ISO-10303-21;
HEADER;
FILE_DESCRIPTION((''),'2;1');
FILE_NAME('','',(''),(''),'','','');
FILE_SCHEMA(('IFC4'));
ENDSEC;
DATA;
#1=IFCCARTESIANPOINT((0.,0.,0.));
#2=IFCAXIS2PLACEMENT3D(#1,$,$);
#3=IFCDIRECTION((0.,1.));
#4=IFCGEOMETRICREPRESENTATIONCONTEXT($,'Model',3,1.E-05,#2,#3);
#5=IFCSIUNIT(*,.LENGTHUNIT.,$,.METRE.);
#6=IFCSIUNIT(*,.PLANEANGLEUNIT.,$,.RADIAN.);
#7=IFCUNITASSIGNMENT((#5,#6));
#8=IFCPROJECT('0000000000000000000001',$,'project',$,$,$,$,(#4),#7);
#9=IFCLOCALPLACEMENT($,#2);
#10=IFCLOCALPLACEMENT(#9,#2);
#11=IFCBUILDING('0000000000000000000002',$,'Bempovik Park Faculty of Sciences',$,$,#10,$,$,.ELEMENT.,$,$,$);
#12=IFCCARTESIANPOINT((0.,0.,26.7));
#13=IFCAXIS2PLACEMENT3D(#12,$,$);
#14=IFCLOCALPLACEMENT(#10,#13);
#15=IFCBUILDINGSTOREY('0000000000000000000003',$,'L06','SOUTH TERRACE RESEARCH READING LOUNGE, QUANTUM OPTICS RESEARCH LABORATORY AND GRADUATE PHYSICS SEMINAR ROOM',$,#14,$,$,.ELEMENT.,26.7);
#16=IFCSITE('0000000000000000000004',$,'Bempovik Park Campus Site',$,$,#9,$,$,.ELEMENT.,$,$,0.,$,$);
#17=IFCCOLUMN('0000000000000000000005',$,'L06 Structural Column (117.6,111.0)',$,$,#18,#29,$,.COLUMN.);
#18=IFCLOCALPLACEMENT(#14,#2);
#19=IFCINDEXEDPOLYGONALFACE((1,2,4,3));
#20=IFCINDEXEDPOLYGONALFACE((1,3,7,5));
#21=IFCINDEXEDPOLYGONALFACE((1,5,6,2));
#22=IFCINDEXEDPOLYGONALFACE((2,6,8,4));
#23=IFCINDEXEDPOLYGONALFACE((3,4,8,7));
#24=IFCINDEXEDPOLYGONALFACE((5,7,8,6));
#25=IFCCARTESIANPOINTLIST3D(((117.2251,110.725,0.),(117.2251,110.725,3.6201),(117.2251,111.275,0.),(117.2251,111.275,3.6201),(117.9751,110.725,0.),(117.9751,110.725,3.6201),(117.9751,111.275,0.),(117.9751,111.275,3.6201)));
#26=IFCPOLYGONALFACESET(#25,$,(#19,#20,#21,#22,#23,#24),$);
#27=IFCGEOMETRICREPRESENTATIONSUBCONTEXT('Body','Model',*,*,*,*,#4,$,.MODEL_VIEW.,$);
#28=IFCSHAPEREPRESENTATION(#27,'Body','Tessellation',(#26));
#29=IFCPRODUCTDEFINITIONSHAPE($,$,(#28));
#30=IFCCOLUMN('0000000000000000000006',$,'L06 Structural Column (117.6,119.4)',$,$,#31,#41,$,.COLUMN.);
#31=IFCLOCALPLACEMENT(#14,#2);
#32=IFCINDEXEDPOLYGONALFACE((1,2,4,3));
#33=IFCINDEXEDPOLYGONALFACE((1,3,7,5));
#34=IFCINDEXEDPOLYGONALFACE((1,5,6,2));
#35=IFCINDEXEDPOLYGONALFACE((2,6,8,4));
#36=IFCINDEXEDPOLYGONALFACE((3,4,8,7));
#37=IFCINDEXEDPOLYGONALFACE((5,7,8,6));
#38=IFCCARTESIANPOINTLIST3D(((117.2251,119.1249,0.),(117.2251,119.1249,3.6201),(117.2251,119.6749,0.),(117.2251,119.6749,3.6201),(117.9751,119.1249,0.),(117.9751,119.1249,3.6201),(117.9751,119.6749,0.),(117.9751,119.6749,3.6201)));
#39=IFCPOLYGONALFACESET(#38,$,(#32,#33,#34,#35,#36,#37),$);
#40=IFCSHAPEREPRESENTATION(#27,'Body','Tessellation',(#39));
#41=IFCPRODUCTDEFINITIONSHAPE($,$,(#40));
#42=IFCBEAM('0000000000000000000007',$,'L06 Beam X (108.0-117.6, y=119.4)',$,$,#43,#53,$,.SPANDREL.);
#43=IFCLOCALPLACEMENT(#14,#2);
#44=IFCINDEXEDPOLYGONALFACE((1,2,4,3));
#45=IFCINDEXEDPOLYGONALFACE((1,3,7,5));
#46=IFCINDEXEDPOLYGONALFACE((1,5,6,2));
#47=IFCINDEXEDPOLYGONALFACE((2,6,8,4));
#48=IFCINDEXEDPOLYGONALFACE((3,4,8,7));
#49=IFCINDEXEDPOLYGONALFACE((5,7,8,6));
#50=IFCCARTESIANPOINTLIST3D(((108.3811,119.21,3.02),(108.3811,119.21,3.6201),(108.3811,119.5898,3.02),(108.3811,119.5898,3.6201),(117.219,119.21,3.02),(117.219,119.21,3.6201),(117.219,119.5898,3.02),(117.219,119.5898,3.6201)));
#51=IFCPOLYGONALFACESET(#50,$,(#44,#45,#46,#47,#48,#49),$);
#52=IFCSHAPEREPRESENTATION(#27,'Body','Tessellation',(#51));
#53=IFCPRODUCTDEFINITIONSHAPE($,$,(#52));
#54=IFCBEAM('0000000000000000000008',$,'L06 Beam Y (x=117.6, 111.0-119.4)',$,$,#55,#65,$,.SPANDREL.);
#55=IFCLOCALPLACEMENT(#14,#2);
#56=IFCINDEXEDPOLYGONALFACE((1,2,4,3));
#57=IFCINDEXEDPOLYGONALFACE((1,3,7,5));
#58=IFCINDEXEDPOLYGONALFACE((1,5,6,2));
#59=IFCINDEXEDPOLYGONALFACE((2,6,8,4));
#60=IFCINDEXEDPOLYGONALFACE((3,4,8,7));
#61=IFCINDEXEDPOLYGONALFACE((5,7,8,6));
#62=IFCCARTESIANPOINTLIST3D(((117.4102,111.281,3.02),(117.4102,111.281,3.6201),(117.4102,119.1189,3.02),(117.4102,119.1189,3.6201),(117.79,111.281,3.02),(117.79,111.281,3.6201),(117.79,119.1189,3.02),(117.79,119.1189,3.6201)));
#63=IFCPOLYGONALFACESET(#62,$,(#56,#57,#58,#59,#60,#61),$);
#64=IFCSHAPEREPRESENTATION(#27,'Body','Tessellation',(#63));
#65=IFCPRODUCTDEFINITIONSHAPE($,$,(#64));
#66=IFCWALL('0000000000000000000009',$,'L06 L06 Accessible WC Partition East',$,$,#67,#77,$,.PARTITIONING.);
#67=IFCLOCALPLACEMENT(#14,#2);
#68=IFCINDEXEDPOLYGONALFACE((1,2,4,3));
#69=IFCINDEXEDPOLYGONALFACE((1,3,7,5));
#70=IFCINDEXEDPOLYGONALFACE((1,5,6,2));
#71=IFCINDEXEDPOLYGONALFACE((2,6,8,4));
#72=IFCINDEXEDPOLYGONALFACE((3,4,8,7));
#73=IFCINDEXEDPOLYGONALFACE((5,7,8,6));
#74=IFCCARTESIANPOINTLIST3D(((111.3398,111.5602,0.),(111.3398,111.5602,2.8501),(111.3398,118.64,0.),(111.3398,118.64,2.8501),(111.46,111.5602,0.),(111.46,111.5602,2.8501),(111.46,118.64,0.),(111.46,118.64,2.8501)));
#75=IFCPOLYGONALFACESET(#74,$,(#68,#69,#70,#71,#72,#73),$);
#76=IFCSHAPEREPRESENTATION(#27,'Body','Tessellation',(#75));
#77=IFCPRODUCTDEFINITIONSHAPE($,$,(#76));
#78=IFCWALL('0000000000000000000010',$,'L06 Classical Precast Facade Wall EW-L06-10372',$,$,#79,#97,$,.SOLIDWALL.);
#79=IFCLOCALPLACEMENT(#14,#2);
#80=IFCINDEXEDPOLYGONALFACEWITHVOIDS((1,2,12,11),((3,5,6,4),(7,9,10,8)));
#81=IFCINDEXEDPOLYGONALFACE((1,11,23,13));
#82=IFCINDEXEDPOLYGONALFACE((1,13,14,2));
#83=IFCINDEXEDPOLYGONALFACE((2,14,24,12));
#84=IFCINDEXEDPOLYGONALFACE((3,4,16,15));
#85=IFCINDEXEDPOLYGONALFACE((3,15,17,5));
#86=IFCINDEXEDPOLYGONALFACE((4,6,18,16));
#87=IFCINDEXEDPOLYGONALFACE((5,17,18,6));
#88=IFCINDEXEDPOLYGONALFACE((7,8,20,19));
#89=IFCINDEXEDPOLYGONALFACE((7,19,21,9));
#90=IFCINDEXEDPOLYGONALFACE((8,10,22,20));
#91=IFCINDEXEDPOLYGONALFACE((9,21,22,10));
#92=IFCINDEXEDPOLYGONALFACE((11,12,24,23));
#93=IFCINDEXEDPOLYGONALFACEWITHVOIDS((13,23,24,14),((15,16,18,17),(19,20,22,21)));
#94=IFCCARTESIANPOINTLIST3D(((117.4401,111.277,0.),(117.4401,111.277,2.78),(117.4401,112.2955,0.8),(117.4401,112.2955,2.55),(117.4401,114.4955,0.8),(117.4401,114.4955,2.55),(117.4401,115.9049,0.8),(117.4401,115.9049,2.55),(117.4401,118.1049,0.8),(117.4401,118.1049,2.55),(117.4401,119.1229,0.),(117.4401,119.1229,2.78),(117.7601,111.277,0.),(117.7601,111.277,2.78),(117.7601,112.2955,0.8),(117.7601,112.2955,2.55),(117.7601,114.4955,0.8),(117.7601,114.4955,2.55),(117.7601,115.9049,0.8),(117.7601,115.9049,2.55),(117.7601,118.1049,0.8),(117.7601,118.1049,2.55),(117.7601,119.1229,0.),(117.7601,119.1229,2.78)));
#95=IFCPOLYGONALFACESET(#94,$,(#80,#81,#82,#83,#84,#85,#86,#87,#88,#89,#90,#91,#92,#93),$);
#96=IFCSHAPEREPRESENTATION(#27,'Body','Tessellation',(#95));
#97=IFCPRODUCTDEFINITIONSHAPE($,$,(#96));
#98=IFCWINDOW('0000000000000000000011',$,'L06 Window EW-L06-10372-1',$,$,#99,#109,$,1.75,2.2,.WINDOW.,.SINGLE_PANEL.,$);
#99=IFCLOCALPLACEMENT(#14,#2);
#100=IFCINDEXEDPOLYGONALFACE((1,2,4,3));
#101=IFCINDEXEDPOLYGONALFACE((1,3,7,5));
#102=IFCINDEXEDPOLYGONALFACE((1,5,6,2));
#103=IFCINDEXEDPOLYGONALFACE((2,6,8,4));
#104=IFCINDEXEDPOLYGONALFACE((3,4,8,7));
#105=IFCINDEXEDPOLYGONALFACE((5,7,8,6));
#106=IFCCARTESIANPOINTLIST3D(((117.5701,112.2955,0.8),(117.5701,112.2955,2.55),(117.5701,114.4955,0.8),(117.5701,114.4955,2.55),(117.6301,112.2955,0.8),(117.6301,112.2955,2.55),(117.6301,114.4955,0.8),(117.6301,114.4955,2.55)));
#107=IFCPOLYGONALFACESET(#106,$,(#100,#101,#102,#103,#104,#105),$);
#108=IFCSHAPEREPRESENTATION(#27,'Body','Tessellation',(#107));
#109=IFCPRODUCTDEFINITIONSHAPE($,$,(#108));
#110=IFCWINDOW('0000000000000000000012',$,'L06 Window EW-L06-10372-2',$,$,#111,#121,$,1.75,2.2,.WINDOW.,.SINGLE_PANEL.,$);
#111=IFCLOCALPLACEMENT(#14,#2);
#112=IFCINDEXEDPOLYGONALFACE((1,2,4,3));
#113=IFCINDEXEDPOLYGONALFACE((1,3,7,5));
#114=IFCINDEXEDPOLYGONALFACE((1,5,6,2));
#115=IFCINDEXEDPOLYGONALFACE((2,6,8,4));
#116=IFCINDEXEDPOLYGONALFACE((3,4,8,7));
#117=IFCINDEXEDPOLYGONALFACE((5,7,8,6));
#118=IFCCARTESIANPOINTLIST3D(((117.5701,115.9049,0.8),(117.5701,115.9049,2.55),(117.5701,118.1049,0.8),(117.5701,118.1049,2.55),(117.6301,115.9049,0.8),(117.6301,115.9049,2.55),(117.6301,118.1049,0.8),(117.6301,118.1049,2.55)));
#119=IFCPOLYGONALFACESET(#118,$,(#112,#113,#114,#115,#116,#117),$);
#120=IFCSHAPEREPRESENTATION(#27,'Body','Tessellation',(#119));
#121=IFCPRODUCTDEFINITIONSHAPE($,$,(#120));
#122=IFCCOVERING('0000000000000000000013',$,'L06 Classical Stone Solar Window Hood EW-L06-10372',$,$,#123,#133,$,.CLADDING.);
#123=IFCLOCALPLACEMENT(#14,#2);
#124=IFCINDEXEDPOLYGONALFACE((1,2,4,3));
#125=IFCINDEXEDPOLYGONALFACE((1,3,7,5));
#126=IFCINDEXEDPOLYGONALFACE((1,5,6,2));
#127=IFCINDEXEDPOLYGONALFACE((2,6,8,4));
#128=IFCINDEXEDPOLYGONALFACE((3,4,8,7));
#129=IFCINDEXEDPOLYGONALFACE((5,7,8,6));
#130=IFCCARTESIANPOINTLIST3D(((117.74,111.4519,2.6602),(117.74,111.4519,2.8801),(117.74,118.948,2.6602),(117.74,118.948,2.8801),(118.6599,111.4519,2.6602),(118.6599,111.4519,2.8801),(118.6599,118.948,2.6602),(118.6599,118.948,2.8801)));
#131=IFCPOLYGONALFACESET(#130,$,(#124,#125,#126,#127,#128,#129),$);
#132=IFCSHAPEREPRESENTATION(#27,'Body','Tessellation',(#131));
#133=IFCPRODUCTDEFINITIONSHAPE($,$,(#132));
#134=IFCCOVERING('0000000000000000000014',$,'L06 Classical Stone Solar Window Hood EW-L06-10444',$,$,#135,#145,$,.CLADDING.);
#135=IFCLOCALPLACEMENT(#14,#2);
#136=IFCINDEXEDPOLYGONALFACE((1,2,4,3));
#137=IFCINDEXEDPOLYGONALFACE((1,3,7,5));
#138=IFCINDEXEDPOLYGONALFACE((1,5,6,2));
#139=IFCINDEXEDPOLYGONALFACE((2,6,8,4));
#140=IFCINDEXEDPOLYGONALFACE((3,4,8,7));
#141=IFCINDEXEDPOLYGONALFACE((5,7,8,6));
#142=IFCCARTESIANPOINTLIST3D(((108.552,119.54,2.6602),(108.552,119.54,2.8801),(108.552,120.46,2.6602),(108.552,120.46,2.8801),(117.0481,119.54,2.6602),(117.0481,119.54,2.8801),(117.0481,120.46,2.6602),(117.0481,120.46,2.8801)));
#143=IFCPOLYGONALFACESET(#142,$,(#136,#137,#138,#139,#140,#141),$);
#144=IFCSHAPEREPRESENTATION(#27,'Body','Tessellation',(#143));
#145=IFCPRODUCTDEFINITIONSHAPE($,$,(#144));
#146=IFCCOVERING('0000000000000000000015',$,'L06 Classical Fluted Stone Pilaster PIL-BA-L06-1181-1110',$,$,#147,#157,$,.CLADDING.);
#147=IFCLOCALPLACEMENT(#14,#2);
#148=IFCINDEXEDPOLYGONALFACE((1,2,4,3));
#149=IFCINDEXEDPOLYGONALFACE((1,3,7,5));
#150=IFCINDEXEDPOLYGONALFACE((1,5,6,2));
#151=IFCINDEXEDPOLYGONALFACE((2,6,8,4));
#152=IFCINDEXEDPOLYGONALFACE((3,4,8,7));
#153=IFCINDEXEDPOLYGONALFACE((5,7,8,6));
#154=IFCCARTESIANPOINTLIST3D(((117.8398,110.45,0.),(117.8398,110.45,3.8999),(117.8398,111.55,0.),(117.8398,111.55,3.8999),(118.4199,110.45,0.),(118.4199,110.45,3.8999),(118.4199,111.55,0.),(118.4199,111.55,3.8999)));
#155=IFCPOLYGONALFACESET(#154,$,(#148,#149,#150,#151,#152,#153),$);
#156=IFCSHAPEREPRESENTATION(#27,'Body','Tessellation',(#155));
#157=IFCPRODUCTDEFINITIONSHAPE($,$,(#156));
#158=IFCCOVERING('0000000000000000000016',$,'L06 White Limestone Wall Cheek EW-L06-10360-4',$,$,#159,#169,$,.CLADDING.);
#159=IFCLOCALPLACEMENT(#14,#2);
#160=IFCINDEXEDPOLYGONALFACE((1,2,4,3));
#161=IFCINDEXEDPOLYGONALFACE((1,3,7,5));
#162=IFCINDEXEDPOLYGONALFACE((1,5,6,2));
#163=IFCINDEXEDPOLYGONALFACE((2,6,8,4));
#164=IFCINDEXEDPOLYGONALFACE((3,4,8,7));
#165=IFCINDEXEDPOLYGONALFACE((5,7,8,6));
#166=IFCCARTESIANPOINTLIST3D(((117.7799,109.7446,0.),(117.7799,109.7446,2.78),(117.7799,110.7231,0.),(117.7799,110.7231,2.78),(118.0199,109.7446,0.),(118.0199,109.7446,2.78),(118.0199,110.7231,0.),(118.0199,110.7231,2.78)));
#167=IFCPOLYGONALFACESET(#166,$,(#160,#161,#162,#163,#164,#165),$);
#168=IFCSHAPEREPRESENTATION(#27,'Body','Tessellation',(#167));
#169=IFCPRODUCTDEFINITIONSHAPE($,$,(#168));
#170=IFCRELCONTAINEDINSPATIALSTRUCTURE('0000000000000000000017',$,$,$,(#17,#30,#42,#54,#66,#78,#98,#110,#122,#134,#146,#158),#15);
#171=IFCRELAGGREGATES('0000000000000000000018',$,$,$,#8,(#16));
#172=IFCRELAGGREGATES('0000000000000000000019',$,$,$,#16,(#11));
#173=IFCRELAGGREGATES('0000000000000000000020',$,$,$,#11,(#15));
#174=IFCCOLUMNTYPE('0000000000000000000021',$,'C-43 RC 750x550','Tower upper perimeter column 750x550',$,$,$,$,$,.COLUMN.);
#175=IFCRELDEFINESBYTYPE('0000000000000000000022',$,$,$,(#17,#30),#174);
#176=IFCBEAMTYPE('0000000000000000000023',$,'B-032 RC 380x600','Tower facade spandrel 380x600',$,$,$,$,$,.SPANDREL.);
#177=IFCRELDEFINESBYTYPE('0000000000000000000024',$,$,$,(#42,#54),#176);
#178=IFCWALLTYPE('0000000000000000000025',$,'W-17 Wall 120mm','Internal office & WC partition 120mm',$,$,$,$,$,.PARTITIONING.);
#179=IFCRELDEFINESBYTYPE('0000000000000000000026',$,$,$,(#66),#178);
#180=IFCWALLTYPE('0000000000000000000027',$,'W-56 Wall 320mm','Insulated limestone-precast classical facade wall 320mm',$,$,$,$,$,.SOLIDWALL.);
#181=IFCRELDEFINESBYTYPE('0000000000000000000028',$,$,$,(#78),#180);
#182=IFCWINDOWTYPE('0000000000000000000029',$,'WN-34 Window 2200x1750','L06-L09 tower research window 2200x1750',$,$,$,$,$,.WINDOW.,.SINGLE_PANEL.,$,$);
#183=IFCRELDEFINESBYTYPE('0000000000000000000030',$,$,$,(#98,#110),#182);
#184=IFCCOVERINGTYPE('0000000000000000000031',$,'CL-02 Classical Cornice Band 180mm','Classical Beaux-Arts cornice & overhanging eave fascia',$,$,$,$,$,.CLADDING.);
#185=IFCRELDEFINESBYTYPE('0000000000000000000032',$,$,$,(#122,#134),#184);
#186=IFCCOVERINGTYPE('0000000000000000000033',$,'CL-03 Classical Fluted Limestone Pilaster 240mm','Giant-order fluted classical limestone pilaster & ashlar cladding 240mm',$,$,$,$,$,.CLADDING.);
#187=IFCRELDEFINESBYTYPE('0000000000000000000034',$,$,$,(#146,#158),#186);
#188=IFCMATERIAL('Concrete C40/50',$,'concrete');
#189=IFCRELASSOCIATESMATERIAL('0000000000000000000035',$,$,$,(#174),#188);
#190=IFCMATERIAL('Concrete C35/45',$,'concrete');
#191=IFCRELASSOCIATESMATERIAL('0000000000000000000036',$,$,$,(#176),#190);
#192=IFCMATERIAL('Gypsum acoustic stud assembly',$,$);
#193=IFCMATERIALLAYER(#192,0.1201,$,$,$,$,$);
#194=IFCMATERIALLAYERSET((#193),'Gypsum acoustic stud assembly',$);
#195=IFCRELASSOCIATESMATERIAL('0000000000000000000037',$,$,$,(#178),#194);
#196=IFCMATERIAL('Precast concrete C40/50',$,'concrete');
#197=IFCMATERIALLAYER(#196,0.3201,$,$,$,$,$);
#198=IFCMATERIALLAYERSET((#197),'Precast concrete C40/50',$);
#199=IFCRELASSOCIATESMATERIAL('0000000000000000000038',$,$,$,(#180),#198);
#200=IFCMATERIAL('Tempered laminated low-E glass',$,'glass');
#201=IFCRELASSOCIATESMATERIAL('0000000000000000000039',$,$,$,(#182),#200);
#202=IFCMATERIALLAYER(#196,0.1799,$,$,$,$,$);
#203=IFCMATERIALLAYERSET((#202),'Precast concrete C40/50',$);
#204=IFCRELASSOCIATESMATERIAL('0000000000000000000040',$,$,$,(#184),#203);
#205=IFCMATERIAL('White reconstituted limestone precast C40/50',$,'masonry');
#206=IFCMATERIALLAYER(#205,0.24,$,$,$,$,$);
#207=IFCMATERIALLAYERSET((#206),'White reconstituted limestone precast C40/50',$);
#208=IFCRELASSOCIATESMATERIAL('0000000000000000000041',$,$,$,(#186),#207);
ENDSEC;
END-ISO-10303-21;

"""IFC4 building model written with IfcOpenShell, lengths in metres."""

from ifc_helpers import new_model, si_unit, direction, frame, frame_2d, origin, origin_2d, place, context, subcontext, project, spatial, rectangle, extrude, material, layer, layer_set, material_profile, profile_set, type_object, element, fill, save


model = new_model("IFC4")

# Units and contexts
model_context = context("Model", 3, precision=1e-05, world=origin(), true_north=direction((0.0, 1.0)))
body_context = subcontext(model_context, "Body", "Model", "MODEL_VIEW")
ifc_project = project(units=[si_unit("LENGTHUNIT", "METRE"), si_unit("PLANEANGLEUNIT", "RADIAN")], contexts=[model_context])

# Site, building, storey
site_placement = place(None, origin())
site = spatial("IfcSite", under=ifc_project, at=site_placement, Name="Bempovik Park Campus Site", CompositionType="ELEMENT", RefElevation=0.0)
building_placement = place(site_placement, origin())
building = spatial("IfcBuilding", under=site, at=building_placement, Name="Bempovik Park Faculty of Sciences", CompositionType="ELEMENT")
storey_placement = place(building_placement, frame((0.0, 0.0, 26.7)))
storey = spatial("IfcBuildingStorey", under=building, at=storey_placement, Name="L06", Description="SOUTH TERRACE RESEARCH READING LOUNGE, QUANTUM OPTICS RESEARCH LABORATORY AND GRADUATE PHYSICS SEMINAR ROOM", CompositionType="ELEMENT", Elevation=26.7)

# Columns
ifc_material_1 = material(Name="Concrete C40/50", Category="concrete")
ifc_material_profile_1 = material_profile(ifc_material_1, rectangle(XDim=0.75, YDim=0.55, at=origin_2d()), Name="RC 750x550")
ifc_profile_set_1 = profile_set([ifc_material_profile_1], Name="Concrete C40/50")
column_type = type_object("IfcColumnType", Name="C-43 RC 750x550", Description="Tower upper perimeter column 750x550", PredefinedType="COLUMN", material=ifc_profile_set_1)
for number, where, z_axis, x_axis, name in (
    (1, (117.6001, 111.0, 0.0), (0.0, 0.0, 1.0), (1.0, 0.0, 0.0), "L06 Structural Column (117.6,111.0)"),
    (2, (117.6001, 119.3999, 0.0), (0.0, 0.0, 1.0), (1.0, 0.0, 0.0), "L06 Structural Column (117.6,119.4)"),
):
    element("IfcColumn", number, at=place(storey_placement, frame(where, z_axis=z_axis, x_axis=x_axis)), inside=storey, type_object=column_type, Name=name, PredefinedType="COLUMN", context=body_context, shape_type="SweptSolid", body=[
        extrude(rectangle(XDim=0.75, YDim=0.55, at=origin_2d()), origin(), (0.0, 0.0, 1.0), 3.6201),
    ])

# Beams
ifc_material_2 = material(Name="Concrete C35/45", Category="concrete")
ifc_material_profile_2 = material_profile(ifc_material_2, rectangle(XDim=0.3799, YDim=0.6001, at=origin_2d()), Name="RC 380x600")
ifc_profile_set_2 = profile_set([ifc_material_profile_2], Name="Concrete C35/45")
beam_type = type_object("IfcBeamType", Name="B-032 RC 380x600", Description="Tower facade spandrel 380x600", PredefinedType="SPANDREL", material=ifc_profile_set_2)
beam_1_placement = place(storey_placement, frame((108.3811, 119.3999, 3.3201), z_axis=(1.0, 0.0, 0.0), x_axis=(0.0, 1.0, 0.0)))
element("IfcBeam", 3, at=beam_1_placement, inside=storey, type_object=beam_type, Name="L06 Beam X (108.0-117.6, y=119.4)", PredefinedType="SPANDREL", context=body_context, shape_type="SweptSolid", body=[
    extrude(rectangle(XDim=0.3799, YDim=0.6001, at=origin_2d()), origin(), (0.0, 0.0, 1.0), 8.8379),
])
beam_2_placement = place(storey_placement, frame((117.6001, 111.281, 3.3201), z_axis=(0.0, 1.0, 0.0), x_axis=(-1.0, 0.0, 0.0)))
element("IfcBeam", 4, at=beam_2_placement, inside=storey, type_object=beam_type, Name="L06 Beam Y (x=117.6, 111.0-119.4)", PredefinedType="SPANDREL", context=body_context, shape_type="SweptSolid", body=[
    extrude(rectangle(XDim=0.3799, YDim=0.6001, at=origin_2d()), origin(), (0.0, 0.0, 1.0), 7.8379),
])

# Wall
ifc_material_3 = material(Name="Gypsum acoustic stud assembly")
ifc_layer_1 = layer(ifc_material_3, 0.1201)
ifc_layer_set_1 = layer_set([ifc_layer_1], Name="Gypsum acoustic stud assembly")
wall_type_1 = type_object("IfcWallType", Name="W-17 Wall 120mm", Description="Internal office & WC partition 120mm", PredefinedType="PARTITIONING", material=ifc_layer_set_1)
wall_1_placement = place(storey_placement, frame((111.3999, 111.5601, 0.0), z_axis=(0.0, 0.0, 1.0), x_axis=(0.0, 1.0, 0.0)))
element("IfcWall", 5, at=wall_1_placement, inside=storey, type_object=wall_type_1, Name="L06 L06 Accessible WC Partition East", PredefinedType="PARTITIONING", context=body_context, shape_type="SweptSolid", body=[
    extrude(rectangle(XDim=7.0798, YDim=0.1201, at=frame_2d((3.54, 0.0))), origin(), (0.0, 0.0, 1.0), 2.8501),
])

# Wall, openings, windows
ifc_material_4 = material(Name="Precast concrete C40/50", Category="concrete")
ifc_layer_2 = layer(ifc_material_4, 0.3201)
ifc_layer_set_2 = layer_set([ifc_layer_2], Name="Precast concrete C40/50")
wall_type_2 = type_object("IfcWallType", Name="W-56 Wall 320mm", Description="Insulated limestone-precast classical facade wall 320mm", PredefinedType="SOLIDWALL", material=ifc_layer_set_2)
wall_2_placement = place(storey_placement, frame((117.6001, 111.2771, 0.0), z_axis=(0.0, 0.0, 1.0), x_axis=(0.0, 1.0, 0.0)))
wall_2 = element("IfcWall", 6, at=wall_2_placement, inside=storey, type_object=wall_type_2, Name="L06 Classical Precast Facade Wall EW-L06-10372", PredefinedType="SOLIDWALL", context=body_context, shape_type="SweptSolid", body=[
    extrude(rectangle(XDim=7.8459, YDim=0.3201, at=frame_2d((3.9229, 0.0))), origin(), (0.0, 0.0, 1.0), 2.78),
])
opening_1_placement = place(wall_2_placement, frame((1.0183, 0.0, 0.8)))
opening_1 = element("IfcOpeningElement", 7, at=opening_1_placement, cuts=wall_2, PredefinedType="OPENING", context=body_context, shape_type="SweptSolid", body=[
    extrude(rectangle(XDim=2.2, YDim=1.75, at=frame_2d((1.1001, 0.875))), frame((0.0, 0.1699, 0.0), z_axis=(0.0, -1.0, 0.0), x_axis=(1.0, 0.0, 0.0)), (0.0, 0.0, 1.0), 0.3401),
])
opening_2_placement = place(wall_2_placement, frame((4.6277, 0.0, 0.8)))
opening_2 = element("IfcOpeningElement", 8, at=opening_2_placement, cuts=wall_2, PredefinedType="OPENING", context=body_context, shape_type="SweptSolid", body=[
    extrude(rectangle(XDim=2.2, YDim=1.75, at=frame_2d((1.1001, 0.875))), frame((0.0, 0.1699, 0.0), z_axis=(0.0, -1.0, 0.0), x_axis=(1.0, 0.0, 0.0)), (0.0, 0.0, 1.0), 0.3401),
])
ifc_material_5 = material(Name="Tempered laminated low-E glass", Category="glass")
window_type = type_object("IfcWindowType", Name="WN-34 Window 2200x1750", Description="L06-L09 tower research window 2200x1750", PartitioningType="SINGLE_PANEL", PredefinedType="WINDOW", material=ifc_material_5)
window_1_placement = place(opening_1_placement, origin())
window_1 = element("IfcWindow", 9, at=window_1_placement, inside=storey, type_object=window_type, Name="L06 Window EW-L06-10372-1", OverallHeight=1.75, OverallWidth=2.2, PartitioningType="SINGLE_PANEL", PredefinedType="WINDOW", context=body_context, shape_type="SweptSolid", body=[
    extrude(rectangle(XDim=2.2, YDim=1.75, at=frame_2d((1.1001, 0.875))), frame((0.0, 0.03, 0.0), z_axis=(0.0, -1.0, 0.0), x_axis=(1.0, 0.0, 0.0)), (0.0, 0.0, 1.0), 0.0601),
])
fill(opening_1, window_1)
window_2_placement = place(opening_2_placement, origin())
window_2 = element("IfcWindow", 10, at=window_2_placement, inside=storey, type_object=window_type, Name="L06 Window EW-L06-10372-2", OverallHeight=1.75, OverallWidth=2.2, PartitioningType="SINGLE_PANEL", PredefinedType="WINDOW", context=body_context, shape_type="SweptSolid", body=[
    extrude(rectangle(XDim=2.2, YDim=1.75, at=frame_2d((1.1001, 0.875))), frame((0.0, 0.03, 0.0), z_axis=(0.0, -1.0, 0.0), x_axis=(1.0, 0.0, 0.0)), (0.0, 0.0, 1.0), 0.0601),
])
fill(opening_2, window_2)

# Coverings
ifc_layer_3 = layer(ifc_material_4, 0.1799)
ifc_layer_set_3 = layer_set([ifc_layer_3], Name="Precast concrete C40/50")
covering_type_1 = type_object("IfcCoveringType", Name="CL-02 Classical Cornice Band 180mm", Description="Classical Beaux-Arts cornice & overhanging eave fascia", PredefinedType="CLADDING", material=ifc_layer_set_3)
covering_1_placement = place(storey_placement, frame((118.2, 115.2, 2.6602), z_axis=(0.0, 0.0, 1.0), x_axis=(1.0, 0.0, 0.0)))
element("IfcCovering", 11, at=covering_1_placement, inside=storey, type_object=covering_type_1, Name="L06 Classical Stone Solar Window Hood EW-L06-10372", PredefinedType="CLADDING", context=body_context, shape_type="SweptSolid", body=[
    extrude(rectangle(XDim=0.9199, YDim=7.4961, at=origin_2d()), origin(), (0.0, 0.0, 1.0), 0.22),
])
covering_2_placement = place(storey_placement, frame((112.8, 120.0, 2.6602), z_axis=(0.0, 0.0, 1.0), x_axis=(1.0, 0.0, 0.0)))
element("IfcCovering", 12, at=covering_2_placement, inside=storey, type_object=covering_type_1, Name="L06 Classical Stone Solar Window Hood EW-L06-10444", PredefinedType="CLADDING", context=body_context, shape_type="SweptSolid", body=[
    extrude(rectangle(XDim=8.4961, YDim=0.9199, at=origin_2d()), origin(), (0.0, 0.0, 1.0), 0.22),
])
ifc_material_6 = material(Name="White reconstituted limestone precast C40/50", Category="masonry")
ifc_layer_4 = layer(ifc_material_6, 0.24)
ifc_layer_set_4 = layer_set([ifc_layer_4], Name="White reconstituted limestone precast C40/50")
covering_type_2 = type_object("IfcCoveringType", Name="CL-03 Classical Fluted Limestone Pilaster 240mm", Description="Giant-order fluted classical limestone pilaster & ashlar cladding 240mm", PredefinedType="CLADDING", material=ifc_layer_set_4)
covering_3_placement = place(storey_placement, frame((118.1299, 111.0, 0.0), z_axis=(0.0, 0.0, 1.0), x_axis=(1.0, 0.0, 0.0)))
element("IfcCovering", 13, at=covering_3_placement, inside=storey, type_object=covering_type_2, Name="L06 Classical Fluted Stone Pilaster PIL-BA-L06-1181-1110", PredefinedType="CLADDING", context=body_context, shape_type="SweptSolid", body=[
    extrude(rectangle(XDim=0.5801, YDim=1.1001, at=origin_2d()), origin(), (0.0, 0.0, 1.0), 3.8999),
])
covering_4_placement = place(storey_placement, frame((117.8999, 110.2339, 0.0), z_axis=(0.0, 0.0, 1.0), x_axis=(1.0, 0.0, 0.0)))
element("IfcCovering", 14, at=covering_4_placement, inside=storey, type_object=covering_type_2, Name="L06 White Limestone Wall Cheek EW-L06-10360-4", PredefinedType="CLADDING", context=body_context, shape_type="SweptSolid", body=[
    extrude(rectangle(XDim=0.24, YDim=0.9785, at=origin_2d()), origin(), (0.0, 0.0, 1.0), 2.78),
])

save(model, "model.ifc")
